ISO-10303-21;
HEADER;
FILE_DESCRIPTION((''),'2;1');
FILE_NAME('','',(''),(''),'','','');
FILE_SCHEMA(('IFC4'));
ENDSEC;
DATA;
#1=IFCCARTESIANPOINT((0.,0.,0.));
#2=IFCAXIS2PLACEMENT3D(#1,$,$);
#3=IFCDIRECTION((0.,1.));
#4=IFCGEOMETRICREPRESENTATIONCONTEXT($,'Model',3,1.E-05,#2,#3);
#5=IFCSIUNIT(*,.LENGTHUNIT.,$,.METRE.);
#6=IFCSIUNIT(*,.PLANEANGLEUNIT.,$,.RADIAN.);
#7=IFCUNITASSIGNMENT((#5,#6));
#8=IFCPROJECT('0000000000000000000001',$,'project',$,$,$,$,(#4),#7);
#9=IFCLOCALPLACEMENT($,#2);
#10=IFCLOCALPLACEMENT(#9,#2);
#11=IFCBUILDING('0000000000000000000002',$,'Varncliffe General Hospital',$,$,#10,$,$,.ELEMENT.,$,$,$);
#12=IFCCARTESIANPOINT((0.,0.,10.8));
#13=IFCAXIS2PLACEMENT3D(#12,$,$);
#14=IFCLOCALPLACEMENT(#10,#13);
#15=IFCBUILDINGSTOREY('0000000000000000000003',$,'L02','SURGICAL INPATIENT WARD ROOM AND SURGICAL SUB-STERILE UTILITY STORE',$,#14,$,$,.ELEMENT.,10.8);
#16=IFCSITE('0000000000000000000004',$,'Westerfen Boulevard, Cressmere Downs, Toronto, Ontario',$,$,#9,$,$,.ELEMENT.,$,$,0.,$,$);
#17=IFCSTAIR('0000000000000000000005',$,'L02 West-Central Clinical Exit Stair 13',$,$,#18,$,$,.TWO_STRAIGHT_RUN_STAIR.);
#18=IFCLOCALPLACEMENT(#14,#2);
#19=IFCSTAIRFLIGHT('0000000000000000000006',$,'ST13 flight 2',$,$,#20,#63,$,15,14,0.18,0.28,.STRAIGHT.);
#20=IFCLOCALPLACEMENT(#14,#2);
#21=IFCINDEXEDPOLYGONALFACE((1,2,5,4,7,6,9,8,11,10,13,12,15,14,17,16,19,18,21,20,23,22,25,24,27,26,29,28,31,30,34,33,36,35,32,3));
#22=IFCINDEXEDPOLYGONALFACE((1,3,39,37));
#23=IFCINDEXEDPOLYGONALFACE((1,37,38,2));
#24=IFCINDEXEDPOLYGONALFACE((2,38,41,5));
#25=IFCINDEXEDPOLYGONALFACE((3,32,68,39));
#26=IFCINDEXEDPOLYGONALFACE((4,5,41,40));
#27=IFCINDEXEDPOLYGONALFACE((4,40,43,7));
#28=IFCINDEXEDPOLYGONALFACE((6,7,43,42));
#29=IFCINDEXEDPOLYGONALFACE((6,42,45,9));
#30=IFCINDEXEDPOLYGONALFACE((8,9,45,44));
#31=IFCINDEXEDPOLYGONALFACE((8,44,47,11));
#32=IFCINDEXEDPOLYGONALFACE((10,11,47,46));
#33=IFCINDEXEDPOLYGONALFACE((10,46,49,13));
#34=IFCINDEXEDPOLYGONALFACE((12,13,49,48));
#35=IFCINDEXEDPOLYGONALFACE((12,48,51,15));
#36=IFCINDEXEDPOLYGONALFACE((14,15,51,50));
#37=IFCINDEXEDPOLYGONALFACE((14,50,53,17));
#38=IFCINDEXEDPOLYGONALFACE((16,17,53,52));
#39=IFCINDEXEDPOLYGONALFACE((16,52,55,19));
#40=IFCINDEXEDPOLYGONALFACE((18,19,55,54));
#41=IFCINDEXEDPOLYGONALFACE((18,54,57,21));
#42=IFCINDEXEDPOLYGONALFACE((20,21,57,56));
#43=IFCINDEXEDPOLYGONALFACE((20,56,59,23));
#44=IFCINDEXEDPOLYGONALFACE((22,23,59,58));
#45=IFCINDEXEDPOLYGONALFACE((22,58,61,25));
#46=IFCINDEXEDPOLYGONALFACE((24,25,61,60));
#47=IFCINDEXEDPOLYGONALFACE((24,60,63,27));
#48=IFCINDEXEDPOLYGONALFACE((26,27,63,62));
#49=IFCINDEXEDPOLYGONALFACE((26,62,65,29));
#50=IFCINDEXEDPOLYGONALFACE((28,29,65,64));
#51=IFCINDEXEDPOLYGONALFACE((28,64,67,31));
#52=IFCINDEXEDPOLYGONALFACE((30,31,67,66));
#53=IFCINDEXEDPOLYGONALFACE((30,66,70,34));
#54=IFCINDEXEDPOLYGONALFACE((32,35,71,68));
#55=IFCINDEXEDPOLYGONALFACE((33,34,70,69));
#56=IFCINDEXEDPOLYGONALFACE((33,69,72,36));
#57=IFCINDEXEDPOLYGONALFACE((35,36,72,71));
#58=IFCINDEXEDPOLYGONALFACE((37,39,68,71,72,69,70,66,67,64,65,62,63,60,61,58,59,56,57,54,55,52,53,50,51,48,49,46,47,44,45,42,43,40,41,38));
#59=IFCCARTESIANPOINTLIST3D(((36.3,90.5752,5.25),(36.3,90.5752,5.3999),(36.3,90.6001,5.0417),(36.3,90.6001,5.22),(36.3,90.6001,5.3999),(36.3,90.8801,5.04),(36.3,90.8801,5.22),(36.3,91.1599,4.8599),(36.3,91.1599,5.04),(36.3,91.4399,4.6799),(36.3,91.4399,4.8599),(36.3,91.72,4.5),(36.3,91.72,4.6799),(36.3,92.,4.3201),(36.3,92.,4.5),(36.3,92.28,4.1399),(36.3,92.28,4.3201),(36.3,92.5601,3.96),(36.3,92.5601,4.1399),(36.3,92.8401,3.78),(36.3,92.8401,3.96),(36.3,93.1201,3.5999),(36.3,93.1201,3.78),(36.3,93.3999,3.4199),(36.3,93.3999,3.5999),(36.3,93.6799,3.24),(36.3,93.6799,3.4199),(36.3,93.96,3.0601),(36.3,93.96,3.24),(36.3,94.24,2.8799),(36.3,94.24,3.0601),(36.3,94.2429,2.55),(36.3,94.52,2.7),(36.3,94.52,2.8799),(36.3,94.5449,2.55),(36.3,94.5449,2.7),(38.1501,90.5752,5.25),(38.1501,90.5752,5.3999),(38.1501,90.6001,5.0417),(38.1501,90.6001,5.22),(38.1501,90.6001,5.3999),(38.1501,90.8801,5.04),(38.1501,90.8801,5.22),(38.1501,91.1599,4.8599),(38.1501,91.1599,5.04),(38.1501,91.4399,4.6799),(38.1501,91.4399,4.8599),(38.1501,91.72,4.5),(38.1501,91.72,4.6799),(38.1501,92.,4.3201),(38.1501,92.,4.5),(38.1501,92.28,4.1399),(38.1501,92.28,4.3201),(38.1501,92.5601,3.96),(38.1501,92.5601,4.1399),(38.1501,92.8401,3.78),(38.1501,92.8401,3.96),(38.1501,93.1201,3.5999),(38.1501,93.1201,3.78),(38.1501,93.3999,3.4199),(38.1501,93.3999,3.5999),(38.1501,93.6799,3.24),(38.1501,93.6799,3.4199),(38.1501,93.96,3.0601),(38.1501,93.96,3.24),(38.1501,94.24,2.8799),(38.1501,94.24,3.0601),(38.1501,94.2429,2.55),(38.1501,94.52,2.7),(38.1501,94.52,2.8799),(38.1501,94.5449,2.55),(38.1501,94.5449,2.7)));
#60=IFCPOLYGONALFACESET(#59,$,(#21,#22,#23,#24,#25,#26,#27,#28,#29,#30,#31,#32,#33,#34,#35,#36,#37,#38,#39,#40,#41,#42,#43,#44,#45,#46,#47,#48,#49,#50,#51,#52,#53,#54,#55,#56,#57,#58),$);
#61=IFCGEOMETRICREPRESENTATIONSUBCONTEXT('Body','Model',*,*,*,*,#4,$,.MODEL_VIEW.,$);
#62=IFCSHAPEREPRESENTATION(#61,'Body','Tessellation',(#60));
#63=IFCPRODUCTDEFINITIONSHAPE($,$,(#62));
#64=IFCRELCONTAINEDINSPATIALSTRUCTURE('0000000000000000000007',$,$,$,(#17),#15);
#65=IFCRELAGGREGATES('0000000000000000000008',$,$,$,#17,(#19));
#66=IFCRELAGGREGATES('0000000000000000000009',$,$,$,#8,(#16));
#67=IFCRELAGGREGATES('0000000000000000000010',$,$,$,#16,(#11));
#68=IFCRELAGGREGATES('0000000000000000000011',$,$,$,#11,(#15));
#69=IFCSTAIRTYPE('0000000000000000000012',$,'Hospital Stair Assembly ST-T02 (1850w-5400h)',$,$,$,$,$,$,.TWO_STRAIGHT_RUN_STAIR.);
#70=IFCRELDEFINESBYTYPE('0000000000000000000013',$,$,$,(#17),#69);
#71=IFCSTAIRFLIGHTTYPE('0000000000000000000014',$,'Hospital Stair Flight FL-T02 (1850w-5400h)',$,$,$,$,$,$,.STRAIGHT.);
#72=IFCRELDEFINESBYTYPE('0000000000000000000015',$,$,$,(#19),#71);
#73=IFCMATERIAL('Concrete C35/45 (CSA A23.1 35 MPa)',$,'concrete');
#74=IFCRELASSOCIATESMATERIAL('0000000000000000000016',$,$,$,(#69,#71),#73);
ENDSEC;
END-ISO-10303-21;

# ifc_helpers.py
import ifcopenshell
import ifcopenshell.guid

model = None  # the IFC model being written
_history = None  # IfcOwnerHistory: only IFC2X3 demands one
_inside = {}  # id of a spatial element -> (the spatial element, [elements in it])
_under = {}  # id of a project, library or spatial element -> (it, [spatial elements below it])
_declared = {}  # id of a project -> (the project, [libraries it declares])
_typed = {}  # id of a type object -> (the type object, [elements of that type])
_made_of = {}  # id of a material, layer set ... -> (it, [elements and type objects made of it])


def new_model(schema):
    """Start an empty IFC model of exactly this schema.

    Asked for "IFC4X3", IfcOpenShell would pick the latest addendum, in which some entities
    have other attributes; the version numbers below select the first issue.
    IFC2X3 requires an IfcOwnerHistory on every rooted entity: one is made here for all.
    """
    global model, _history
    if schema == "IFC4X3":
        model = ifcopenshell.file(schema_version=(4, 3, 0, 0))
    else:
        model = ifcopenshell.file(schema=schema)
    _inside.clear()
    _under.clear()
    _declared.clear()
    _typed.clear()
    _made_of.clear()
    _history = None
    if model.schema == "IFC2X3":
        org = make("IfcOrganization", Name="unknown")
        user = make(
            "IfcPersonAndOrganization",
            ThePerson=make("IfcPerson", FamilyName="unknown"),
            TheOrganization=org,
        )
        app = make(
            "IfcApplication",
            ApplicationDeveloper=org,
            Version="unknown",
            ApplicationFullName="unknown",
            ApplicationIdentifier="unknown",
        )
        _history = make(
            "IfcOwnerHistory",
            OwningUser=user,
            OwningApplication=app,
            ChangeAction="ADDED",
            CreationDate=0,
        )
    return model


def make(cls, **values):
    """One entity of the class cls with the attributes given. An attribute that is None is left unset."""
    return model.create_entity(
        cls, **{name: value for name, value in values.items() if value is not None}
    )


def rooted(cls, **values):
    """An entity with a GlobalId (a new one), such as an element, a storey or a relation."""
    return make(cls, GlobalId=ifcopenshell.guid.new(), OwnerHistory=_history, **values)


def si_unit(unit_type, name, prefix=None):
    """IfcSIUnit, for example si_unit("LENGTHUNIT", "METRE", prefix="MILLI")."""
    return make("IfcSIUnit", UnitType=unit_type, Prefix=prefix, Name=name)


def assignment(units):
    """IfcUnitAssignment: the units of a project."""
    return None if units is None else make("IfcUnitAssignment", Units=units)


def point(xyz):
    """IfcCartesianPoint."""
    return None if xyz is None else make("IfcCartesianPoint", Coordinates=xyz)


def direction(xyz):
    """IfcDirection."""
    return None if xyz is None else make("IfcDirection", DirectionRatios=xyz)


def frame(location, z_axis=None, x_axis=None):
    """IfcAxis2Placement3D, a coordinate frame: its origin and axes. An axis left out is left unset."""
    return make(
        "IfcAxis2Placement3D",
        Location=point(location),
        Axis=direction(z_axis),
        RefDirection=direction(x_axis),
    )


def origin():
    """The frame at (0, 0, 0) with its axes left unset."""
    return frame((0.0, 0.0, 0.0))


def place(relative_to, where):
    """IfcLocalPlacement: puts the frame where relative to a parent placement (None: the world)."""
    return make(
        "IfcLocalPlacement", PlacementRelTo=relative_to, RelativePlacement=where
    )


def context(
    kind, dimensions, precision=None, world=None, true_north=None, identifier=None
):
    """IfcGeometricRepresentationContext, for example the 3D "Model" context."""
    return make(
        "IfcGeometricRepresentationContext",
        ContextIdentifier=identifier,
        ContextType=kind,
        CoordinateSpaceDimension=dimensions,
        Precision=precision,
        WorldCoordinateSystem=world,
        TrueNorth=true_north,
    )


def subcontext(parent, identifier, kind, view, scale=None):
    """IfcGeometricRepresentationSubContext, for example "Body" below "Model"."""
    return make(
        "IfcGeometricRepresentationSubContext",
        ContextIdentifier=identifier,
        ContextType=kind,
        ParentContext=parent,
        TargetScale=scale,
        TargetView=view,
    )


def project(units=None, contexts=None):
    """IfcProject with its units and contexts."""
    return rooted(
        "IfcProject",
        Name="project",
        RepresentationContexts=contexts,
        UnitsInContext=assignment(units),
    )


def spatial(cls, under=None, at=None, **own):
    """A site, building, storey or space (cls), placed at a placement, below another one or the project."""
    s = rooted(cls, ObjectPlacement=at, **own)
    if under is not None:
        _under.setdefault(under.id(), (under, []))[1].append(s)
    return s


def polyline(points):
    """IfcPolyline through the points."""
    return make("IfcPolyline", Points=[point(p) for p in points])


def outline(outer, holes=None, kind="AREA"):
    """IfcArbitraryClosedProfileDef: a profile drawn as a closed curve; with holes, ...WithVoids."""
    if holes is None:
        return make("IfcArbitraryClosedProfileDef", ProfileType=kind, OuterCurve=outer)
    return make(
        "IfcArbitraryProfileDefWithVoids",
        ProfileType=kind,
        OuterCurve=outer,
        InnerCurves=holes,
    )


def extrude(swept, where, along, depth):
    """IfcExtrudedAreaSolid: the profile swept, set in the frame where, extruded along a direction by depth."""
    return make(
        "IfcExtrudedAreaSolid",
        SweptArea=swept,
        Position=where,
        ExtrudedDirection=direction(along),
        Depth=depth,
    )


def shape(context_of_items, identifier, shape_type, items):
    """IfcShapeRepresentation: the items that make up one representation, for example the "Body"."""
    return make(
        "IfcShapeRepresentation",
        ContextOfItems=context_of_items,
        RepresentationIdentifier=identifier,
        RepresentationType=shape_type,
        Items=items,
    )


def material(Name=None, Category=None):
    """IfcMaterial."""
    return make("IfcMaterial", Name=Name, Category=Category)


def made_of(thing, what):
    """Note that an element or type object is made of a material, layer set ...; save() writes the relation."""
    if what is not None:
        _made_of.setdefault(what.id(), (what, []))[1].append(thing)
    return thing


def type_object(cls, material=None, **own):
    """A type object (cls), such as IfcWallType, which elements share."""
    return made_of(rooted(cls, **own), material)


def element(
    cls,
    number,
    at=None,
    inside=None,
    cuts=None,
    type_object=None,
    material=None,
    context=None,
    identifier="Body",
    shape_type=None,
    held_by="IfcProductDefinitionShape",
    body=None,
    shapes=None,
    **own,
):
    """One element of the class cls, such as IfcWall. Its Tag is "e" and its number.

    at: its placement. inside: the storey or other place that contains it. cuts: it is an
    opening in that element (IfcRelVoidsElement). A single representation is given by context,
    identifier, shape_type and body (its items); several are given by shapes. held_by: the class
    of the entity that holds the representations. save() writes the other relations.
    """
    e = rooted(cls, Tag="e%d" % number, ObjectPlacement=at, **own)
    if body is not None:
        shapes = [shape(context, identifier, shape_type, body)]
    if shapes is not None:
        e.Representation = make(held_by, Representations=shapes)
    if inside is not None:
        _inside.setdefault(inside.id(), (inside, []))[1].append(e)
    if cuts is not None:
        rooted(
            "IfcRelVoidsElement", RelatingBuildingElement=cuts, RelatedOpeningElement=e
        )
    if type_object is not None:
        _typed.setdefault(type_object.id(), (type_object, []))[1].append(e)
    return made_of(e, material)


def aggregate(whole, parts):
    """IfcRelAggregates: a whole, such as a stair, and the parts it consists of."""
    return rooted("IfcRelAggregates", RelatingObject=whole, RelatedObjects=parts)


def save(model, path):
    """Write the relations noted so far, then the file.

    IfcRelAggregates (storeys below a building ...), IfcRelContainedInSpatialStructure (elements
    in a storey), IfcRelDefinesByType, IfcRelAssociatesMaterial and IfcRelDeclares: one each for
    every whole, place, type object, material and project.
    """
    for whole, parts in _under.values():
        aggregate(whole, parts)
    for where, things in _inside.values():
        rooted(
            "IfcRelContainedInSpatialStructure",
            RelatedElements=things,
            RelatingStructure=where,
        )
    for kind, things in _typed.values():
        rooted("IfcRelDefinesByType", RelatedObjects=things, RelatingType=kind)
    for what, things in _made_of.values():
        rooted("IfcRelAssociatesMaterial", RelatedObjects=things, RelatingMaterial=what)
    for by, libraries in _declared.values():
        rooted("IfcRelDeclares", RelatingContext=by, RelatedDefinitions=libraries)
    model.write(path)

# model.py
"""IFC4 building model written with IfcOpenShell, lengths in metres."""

from ifc_helpers import new_model, si_unit, direction, frame, origin, place, context, subcontext, project, spatial, polyline, outline, extrude, material, type_object, element, aggregate, save


model = new_model("IFC4")

# Units and contexts
model_context = context("Model", 3, precision=1e-05, world=origin(), true_north=direction((0.0, 1.0)))
body_context = subcontext(model_context, "Body", "Model", "MODEL_VIEW")
ifc_project = project(units=[si_unit("LENGTHUNIT", "METRE"), si_unit("PLANEANGLEUNIT", "RADIAN")], contexts=[model_context])

# Site, building, storey
site_placement = place(None, origin())
site = spatial("IfcSite", under=ifc_project, at=site_placement, Name="Westerfen Boulevard, Cressmere Downs, Toronto, Ontario", CompositionType="ELEMENT", RefElevation=0.0)
building_placement = place(site_placement, origin())
building = spatial("IfcBuilding", under=site, at=building_placement, Name="Varncliffe General Hospital", CompositionType="ELEMENT")
storey_placement = place(building_placement, frame((0.0, 0.0, 10.8)))
storey = spatial("IfcBuildingStorey", under=building, at=storey_placement, Name="L02", Description="SURGICAL INPATIENT WARD ROOM AND SURGICAL SUB-STERILE UTILITY STORE", CompositionType="ELEMENT", Elevation=10.8)

# Shared definitions
ifc_material_1 = material(Name="Concrete C35/45 (CSA A23.1 35 MPa)", Category="concrete")

# Stair, stair flight
stair_type = type_object("IfcStairType", Name="Hospital Stair Assembly ST-T02 (1850w-5400h)", PredefinedType="TWO_STRAIGHT_RUN_STAIR", material=ifc_material_1)
stair_placement = place(storey_placement, origin())
stair = element("IfcStair", 1, at=stair_placement, inside=storey, type_object=stair_type, Name="L02 West-Central Clinical Exit Stair 13", PredefinedType="TWO_STRAIGHT_RUN_STAIR")
stair_flight_type = type_object("IfcStairFlightType", Name="Hospital Stair Flight FL-T02 (1850w-5400h)", PredefinedType="STRAIGHT", material=ifc_material_1)
stair_flight_1_placement = place(storey_placement, frame((37.2251, 94.52, 2.7), z_axis=(0.0, 0.0, 1.0), x_axis=(0.0, -1.0, 0.0)))
stair_flight_1 = element("IfcStairFlight", 2, at=stair_flight_1_placement, type_object=stair_flight_type, Name="ST13 flight 2", NumberOfRisers=15, NumberOfTreads=14, PredefinedType="STRAIGHT", RiserHeight=0.18, TreadLength=0.28, context=body_context, shape_type="SweptSolid", body=[
    extrude(outline(polyline([(-0.0249, -0.1499), (-0.0249, 0.0), (0.0, 0.0), (0.0, 0.1799), (0.28, 0.1799), (0.28, 0.3601), (0.5601, 0.3601), (0.5601, 0.54), (0.8401, 0.54), (0.8401, 0.72), (1.1201, 0.72), (1.1201, 0.8999), (1.3999, 0.8999), (1.3999, 1.0801), (1.6799, 1.0801), (1.6799, 1.26), (1.96, 1.26), (1.96, 1.4399), (2.24, 1.4399), (2.24, 1.6201), (2.52, 1.6201), (2.52, 1.8), (2.8, 1.8), (2.8, 1.98), (3.0801, 1.98), (3.0801, 2.1599), (3.3601, 2.1599), (3.3601, 2.3401), (3.6399, 2.3401), (3.6399, 2.52), (3.9199, 2.52), (3.9199, 2.7), (3.9448, 2.7), (3.9448, 2.55), (3.9199, 2.3418), (0.2771, -0.1499), (-0.0249, -0.1499)])), frame((0.0, 0.925, 0.0), z_axis=(0.0, -1.0, 0.0), x_axis=(1.0, 0.0, 0.0)), (0.0, 0.0, 1.0), 1.8501),
])
aggregate(stair, [stair_flight_1])

save(model, "model.ifc")
